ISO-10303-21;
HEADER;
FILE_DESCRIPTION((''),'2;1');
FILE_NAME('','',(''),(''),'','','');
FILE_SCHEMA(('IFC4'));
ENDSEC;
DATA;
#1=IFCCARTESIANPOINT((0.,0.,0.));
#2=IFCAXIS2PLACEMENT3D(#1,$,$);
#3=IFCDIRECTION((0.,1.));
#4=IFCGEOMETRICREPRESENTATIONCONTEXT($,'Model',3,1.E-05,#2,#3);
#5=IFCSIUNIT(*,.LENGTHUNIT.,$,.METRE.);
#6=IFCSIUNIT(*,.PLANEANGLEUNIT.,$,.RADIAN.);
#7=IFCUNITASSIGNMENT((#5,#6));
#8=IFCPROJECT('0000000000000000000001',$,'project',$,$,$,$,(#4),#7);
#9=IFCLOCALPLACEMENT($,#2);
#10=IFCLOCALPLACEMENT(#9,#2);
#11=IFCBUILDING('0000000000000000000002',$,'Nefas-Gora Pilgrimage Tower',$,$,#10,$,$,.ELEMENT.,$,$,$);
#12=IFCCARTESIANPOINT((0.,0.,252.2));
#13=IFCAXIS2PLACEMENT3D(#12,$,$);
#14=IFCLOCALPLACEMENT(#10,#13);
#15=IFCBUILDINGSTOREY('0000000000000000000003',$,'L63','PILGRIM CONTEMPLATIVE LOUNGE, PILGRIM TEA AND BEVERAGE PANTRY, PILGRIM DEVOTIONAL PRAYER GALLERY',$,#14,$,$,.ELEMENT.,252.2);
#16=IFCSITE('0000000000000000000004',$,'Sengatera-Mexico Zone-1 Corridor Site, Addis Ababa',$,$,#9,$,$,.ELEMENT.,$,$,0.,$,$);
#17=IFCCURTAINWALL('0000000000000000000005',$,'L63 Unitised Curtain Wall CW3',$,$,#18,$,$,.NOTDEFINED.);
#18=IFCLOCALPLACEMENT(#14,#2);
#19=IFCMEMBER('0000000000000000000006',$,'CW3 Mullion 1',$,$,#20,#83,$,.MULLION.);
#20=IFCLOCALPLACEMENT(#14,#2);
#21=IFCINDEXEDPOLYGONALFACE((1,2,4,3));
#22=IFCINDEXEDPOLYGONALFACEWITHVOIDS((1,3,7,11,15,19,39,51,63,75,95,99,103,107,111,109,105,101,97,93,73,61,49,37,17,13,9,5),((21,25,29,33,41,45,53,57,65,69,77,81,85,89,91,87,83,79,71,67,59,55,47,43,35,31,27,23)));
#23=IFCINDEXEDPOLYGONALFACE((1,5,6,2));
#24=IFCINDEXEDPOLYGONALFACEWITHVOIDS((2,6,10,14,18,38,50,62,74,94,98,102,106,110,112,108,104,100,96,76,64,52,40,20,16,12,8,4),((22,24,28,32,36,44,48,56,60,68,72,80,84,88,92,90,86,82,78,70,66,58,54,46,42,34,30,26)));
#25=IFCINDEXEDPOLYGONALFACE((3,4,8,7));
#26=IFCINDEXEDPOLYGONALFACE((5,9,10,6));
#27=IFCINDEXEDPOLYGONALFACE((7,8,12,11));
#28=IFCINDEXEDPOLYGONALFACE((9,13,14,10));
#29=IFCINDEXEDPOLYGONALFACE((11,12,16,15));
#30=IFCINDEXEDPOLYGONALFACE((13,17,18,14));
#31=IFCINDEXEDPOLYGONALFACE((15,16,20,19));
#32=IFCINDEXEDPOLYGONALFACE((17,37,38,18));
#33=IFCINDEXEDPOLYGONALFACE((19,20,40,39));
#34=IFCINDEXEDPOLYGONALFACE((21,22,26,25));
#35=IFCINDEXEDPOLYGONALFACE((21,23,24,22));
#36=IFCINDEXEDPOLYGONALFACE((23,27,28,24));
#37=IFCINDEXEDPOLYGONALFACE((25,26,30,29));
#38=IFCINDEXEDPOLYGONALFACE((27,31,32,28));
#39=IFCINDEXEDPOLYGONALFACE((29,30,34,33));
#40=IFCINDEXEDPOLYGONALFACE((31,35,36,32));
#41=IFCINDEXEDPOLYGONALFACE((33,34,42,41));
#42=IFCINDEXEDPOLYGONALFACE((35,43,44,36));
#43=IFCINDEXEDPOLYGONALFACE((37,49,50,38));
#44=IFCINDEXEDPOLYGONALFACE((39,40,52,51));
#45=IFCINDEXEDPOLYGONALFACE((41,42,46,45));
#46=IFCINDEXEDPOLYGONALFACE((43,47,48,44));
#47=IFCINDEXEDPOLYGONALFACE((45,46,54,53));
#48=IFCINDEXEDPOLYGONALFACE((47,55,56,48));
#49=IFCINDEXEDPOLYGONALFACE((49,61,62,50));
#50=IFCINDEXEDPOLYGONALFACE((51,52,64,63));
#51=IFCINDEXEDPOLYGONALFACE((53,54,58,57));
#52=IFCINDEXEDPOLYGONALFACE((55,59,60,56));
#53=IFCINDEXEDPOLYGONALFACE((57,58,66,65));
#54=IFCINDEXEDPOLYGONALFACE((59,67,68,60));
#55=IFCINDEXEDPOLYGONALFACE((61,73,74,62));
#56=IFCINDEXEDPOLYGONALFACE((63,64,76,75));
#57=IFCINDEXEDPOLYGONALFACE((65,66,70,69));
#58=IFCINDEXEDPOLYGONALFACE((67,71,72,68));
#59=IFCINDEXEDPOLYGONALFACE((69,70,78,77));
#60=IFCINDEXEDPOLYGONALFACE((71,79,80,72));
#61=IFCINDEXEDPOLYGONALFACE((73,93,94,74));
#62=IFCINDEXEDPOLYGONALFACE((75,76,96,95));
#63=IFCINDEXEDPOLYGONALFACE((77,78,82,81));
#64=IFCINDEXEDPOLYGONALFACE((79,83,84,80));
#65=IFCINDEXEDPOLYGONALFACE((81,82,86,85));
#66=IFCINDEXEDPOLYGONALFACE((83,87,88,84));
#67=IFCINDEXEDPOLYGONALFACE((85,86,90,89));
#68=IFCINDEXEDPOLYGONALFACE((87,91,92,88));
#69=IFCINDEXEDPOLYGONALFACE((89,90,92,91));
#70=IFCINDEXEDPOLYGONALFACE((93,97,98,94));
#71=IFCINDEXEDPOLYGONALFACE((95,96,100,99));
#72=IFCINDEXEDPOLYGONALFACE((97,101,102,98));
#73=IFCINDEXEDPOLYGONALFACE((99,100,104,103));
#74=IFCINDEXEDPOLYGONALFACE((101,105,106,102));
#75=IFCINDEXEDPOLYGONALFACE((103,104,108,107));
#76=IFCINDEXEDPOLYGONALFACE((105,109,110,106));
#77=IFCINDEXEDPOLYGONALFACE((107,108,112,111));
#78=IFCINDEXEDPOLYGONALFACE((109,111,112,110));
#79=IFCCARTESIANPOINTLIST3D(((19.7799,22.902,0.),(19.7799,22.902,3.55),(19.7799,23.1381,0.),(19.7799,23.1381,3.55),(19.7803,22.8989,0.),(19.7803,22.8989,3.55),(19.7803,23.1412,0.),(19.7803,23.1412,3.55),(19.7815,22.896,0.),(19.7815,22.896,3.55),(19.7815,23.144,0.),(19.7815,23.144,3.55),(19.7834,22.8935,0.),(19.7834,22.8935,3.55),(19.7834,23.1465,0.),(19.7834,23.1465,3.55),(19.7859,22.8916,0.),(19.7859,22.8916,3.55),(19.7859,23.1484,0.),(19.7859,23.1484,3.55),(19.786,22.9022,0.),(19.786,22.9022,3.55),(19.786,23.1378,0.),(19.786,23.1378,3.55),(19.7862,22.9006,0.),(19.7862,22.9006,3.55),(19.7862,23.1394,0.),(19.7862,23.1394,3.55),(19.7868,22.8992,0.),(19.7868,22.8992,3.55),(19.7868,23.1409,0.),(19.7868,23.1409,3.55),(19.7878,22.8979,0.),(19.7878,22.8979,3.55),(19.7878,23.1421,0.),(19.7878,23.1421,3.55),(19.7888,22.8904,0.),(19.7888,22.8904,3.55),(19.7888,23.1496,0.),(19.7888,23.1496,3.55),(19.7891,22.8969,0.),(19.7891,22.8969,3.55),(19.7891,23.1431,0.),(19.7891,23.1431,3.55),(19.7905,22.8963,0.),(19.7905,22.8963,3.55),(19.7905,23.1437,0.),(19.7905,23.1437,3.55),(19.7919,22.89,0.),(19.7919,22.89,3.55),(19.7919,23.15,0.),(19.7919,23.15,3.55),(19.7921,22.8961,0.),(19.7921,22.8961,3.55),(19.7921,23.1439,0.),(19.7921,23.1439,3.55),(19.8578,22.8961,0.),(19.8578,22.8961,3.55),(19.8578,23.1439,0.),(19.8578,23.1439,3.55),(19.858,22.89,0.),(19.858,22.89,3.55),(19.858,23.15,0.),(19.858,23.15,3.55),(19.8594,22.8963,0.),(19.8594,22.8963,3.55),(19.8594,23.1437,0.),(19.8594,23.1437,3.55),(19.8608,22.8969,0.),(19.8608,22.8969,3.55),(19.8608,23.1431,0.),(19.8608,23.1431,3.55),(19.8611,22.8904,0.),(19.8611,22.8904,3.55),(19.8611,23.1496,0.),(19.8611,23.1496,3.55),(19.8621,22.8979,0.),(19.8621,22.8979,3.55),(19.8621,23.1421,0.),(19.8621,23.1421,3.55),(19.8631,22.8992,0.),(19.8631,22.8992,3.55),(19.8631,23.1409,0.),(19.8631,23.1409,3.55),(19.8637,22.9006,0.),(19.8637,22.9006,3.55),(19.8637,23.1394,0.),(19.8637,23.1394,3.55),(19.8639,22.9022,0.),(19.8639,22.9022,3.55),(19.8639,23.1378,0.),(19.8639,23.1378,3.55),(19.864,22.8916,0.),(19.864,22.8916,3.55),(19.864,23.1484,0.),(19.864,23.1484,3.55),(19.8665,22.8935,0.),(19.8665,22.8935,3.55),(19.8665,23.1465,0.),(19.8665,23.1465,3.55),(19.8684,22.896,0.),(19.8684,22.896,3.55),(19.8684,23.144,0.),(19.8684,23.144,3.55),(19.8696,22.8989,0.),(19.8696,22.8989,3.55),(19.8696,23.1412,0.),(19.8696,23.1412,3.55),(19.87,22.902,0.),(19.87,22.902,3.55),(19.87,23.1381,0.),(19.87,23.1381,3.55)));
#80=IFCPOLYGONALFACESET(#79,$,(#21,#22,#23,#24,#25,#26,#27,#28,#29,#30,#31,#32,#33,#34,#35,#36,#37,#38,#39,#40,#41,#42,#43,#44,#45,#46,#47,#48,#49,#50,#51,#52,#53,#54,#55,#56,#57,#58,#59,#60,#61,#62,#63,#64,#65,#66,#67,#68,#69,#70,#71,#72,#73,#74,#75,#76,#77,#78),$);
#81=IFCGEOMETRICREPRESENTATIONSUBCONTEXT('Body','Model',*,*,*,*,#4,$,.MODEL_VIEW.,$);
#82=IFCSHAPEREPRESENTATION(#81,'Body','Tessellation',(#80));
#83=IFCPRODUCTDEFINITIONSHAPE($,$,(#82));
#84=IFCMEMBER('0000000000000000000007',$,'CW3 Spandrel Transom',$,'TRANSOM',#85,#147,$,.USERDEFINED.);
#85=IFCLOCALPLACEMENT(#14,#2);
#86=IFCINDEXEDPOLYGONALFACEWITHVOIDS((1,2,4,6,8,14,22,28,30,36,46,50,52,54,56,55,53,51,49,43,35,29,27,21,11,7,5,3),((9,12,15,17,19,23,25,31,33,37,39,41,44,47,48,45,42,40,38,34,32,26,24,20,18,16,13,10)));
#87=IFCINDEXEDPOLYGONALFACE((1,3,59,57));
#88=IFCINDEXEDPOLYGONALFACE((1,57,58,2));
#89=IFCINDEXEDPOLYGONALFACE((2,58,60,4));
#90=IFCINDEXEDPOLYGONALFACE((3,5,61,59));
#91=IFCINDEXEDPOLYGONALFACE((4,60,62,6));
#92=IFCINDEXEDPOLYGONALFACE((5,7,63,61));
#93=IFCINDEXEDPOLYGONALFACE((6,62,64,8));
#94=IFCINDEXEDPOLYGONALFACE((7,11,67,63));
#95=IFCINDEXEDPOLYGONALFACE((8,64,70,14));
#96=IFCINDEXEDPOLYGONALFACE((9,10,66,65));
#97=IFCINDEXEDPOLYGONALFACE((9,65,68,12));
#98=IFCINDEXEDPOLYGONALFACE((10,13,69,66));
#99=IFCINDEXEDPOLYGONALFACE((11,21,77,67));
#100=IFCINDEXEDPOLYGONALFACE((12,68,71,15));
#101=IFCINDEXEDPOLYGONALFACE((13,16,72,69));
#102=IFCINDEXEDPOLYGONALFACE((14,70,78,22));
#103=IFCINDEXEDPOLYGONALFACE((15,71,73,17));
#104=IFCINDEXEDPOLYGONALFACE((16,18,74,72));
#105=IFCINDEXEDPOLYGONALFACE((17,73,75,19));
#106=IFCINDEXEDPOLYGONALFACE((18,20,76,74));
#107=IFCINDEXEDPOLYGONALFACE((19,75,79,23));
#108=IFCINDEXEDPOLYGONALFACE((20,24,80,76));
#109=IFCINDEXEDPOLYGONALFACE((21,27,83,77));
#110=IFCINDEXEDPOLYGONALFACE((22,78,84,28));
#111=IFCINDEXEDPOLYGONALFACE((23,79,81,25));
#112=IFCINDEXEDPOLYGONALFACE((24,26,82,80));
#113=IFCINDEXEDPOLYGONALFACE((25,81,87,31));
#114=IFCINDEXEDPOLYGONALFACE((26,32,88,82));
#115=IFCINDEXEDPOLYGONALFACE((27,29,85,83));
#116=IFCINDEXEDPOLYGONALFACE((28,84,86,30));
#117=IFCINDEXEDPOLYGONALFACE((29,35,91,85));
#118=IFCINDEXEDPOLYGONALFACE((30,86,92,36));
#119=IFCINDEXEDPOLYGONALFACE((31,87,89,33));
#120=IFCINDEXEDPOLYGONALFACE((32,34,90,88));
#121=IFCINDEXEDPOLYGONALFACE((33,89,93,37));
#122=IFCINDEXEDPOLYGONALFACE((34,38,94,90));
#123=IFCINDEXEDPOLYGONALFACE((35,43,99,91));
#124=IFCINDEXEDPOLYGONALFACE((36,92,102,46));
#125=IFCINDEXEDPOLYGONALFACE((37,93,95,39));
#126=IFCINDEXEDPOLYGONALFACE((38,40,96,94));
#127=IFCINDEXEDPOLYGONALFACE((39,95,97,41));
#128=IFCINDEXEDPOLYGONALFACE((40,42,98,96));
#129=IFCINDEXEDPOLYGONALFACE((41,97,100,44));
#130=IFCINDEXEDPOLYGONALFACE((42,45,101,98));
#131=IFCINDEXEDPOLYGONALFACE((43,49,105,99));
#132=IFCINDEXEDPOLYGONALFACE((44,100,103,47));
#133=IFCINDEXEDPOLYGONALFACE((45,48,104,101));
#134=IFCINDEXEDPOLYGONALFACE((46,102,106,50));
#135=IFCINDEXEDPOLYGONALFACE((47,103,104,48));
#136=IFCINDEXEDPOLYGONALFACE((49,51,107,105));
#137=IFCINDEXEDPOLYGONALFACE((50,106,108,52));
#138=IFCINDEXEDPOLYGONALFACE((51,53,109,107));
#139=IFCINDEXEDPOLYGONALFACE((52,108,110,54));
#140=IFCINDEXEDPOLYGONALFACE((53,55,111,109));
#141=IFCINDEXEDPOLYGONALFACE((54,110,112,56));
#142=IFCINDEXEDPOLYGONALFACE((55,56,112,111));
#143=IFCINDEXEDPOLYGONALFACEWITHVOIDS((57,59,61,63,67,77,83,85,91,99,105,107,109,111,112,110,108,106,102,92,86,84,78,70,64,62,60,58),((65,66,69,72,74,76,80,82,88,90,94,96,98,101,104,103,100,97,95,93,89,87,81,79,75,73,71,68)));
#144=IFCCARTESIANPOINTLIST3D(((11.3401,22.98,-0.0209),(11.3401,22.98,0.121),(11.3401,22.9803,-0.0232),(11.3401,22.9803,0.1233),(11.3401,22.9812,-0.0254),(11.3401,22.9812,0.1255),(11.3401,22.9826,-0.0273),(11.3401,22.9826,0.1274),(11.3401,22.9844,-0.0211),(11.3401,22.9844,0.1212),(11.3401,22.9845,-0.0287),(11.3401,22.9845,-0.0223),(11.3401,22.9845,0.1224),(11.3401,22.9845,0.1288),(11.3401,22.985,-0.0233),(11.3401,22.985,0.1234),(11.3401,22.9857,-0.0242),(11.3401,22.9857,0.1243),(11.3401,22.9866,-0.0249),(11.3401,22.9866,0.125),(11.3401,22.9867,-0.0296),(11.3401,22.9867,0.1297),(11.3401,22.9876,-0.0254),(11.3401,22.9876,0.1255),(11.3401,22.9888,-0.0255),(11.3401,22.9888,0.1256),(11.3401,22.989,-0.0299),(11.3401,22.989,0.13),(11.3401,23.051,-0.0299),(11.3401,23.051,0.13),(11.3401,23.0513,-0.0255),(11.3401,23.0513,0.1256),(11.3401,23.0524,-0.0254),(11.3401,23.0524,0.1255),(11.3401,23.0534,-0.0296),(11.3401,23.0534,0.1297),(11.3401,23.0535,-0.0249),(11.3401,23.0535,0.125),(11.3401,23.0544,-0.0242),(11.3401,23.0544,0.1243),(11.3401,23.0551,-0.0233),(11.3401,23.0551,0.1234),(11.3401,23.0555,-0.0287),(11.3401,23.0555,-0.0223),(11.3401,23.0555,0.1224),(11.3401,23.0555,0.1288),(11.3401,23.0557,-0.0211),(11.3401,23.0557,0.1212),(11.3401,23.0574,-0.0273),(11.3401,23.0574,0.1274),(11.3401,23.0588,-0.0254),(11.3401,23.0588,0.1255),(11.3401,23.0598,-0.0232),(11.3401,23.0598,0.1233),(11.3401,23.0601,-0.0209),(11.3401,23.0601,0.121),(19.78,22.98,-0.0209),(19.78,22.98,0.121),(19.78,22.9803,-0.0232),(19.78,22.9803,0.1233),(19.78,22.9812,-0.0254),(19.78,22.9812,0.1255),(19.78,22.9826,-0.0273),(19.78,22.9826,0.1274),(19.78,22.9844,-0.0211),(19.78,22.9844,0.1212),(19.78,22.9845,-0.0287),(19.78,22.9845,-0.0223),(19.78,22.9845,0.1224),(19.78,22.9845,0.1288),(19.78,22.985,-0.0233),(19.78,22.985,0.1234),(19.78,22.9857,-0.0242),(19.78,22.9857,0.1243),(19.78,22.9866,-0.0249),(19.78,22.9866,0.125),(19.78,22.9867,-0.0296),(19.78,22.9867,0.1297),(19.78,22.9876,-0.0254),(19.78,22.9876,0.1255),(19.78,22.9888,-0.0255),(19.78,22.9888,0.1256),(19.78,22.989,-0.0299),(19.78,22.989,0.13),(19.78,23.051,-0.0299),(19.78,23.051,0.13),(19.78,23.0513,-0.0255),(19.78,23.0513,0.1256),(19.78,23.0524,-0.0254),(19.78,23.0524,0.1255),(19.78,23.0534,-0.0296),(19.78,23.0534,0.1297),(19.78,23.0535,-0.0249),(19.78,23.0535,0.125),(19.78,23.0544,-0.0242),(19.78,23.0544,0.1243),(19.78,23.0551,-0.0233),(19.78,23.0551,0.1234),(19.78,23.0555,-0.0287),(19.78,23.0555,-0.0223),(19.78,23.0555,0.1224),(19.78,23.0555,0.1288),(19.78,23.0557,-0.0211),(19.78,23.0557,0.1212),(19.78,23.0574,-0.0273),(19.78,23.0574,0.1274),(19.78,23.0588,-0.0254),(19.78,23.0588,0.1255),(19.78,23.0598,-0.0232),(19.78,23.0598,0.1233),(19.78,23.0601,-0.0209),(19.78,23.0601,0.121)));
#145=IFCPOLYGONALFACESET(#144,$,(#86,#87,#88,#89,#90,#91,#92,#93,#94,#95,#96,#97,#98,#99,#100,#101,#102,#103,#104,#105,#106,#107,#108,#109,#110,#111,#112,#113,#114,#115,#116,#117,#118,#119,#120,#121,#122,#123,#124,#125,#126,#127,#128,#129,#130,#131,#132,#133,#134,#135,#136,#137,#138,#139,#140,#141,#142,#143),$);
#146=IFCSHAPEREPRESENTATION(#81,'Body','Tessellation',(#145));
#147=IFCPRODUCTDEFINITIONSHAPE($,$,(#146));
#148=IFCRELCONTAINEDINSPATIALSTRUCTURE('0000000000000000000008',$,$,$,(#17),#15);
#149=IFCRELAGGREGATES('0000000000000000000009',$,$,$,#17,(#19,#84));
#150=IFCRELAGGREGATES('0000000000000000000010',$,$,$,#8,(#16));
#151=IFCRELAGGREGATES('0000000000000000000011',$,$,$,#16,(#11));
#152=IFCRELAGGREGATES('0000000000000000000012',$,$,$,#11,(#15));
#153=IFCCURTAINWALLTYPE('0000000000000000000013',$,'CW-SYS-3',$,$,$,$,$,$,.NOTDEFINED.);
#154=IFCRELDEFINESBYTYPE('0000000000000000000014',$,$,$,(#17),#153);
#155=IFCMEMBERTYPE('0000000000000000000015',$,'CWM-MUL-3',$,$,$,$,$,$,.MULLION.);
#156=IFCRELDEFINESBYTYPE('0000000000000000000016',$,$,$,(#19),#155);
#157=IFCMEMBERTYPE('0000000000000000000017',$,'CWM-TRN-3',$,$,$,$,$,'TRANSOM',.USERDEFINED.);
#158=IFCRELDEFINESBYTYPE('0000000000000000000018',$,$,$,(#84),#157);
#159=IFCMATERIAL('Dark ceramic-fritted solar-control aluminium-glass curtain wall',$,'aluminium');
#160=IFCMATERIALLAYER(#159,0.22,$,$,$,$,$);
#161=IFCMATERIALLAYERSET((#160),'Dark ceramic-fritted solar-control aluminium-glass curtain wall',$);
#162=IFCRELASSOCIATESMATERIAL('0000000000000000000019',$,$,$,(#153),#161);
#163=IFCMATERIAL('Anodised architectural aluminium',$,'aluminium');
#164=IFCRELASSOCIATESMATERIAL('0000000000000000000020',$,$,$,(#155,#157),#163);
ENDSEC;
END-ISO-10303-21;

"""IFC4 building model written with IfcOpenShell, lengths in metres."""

from ifc_helpers import new_model, si_unit, direction, frame, origin, origin_2d, place, context, subcontext, project, spatial, hollow_rectangle, extrude, source, transform, mapped, material, layer, layer_set, material_profile, profile_set, type_object, element, aggregate, save


model = new_model("IFC4")

# Units and contexts
model_context = context("Model", 3, precision=1e-05, world=origin(), true_north=direction((0.0, 1.0)))
body_context = subcontext(model_context, "Body", "Model", "MODEL_VIEW")
ifc_project = project(units=[si_unit("LENGTHUNIT", "METRE"), si_unit("PLANEANGLEUNIT", "RADIAN")], contexts=[model_context])

# Site, building, storey
site_placement = place(None, origin())
site = spatial("IfcSite", under=ifc_project, at=site_placement, Name="Sengatera-Mexico Zone-1 Corridor Site, Addis Ababa", CompositionType="ELEMENT", RefElevation=0.0)
building_placement = place(site_placement, origin())
building = spatial("IfcBuilding", under=site, at=building_placement, Name="Nefas-Gora Pilgrimage Tower", CompositionType="ELEMENT")
storey_placement = place(building_placement, frame((0.0, 0.0, 252.2)))
storey = spatial("IfcBuildingStorey", under=building, at=storey_placement, Name="L63", Description="PILGRIM CONTEMPLATIVE LOUNGE, PILGRIM TEA AND BEVERAGE PANTRY, PILGRIM DEVOTIONAL PRAYER GALLERY", CompositionType="ELEMENT", Elevation=252.2)

# Curtain wall, members
ifc_material_1 = material(Name="Dark ceramic-fritted solar-control aluminium-glass curtain wall", Category="aluminium")
ifc_layer_1 = layer(ifc_material_1, 0.22)
ifc_layer_set_1 = layer_set([ifc_layer_1], Name="Dark ceramic-fritted solar-control aluminium-glass curtain wall")
curtain_wall_type = type_object("IfcCurtainWallType", Name="CW-SYS-3", PredefinedType="NOTDEFINED", material=ifc_layer_set_1)
ifc_material_2 = material(Name="Anodised architectural aluminium", Category="aluminium")
ifc_material_profile_1 = material_profile(ifc_material_2, hollow_rectangle(XDim=0.0901, YDim=0.26, WallThickness=0.0061, InnerFilletRadius=0.0061, OuterFilletRadius=0.012, at=origin_2d()), Name="ALU MULLION 90x260")
ifc_profile_set_1 = profile_set([ifc_material_profile_1], Name="Anodised architectural aluminium")
member_type_1 = type_object("IfcMemberType", Name="CWM-MUL-3", PredefinedType="MULLION", material=ifc_profile_set_1)
shared_shape_1 = source(origin(), body_context, "Body", "SweptSolid", [
    extrude(hollow_rectangle(XDim=0.0901, YDim=0.26, WallThickness=0.0061, InnerFilletRadius=0.0061, OuterFilletRadius=0.012, at=origin_2d()), origin(), (0.0, 0.0, 1.0), 3.55),
])
curtain_wall_1_placement = place(storey_placement, origin())
curtain_wall_1 = element("IfcCurtainWall", 1, at=curtain_wall_1_placement, inside=storey, type_object=curtain_wall_type, Name="L63 Unitised Curtain Wall CW3", PredefinedType="NOTDEFINED")
member_1_placement = place(storey_placement, frame((19.825, 23.02, 0.0), z_axis=(0.0, 0.0, 1.0), x_axis=(-1.0, 0.0, 0.0)))
member_1 = element("IfcMember", 2, at=member_1_placement, type_object=member_type_1, Name="CW3 Mullion 1", PredefinedType="MULLION", context=body_context, shape_type="MappedRepresentation", body=[
    mapped(shared_shape_1, transform((0.0, 0.0, 0.0), x_axis=(1.0, 0.0, 0.0), y_axis=(0.0, 1.0, 0.0), z_axis=(0.0, 0.0, 1.0), scale=1.0)),
])
ifc_material_profile_2 = material_profile(ifc_material_2, hollow_rectangle(XDim=0.0801, YDim=0.1599, WallThickness=0.0044, InnerFilletRadius=0.0044, OuterFilletRadius=0.009, at=origin_2d()), Name="ALU TRANSOM 80x160")
ifc_profile_set_2 = profile_set([ifc_material_profile_2], Name="Anodised architectural aluminium")
member_type_2 = type_object("IfcMemberType", Name="CWM-TRN-3", ElementType="TRANSOM", PredefinedType="USERDEFINED", material=ifc_profile_set_2)
shared_shape_2 = source(origin(), body_context, "Body", "SweptSolid", [
    extrude(hollow_rectangle(XDim=0.0801, YDim=0.1599, WallThickness=0.0044, InnerFilletRadius=0.0044, OuterFilletRadius=0.009, at=origin_2d()), origin(), (0.0, 0.0, 1.0), 8.4399),
])
member_2_placement = place(storey_placement, frame((19.78, 23.02, 0.05), z_axis=(-1.0, 0.0, 0.0), x_axis=(0.0, -1.0, 0.0)))
member_2 = element("IfcMember", 3, at=member_2_placement, type_object=member_type_2, Name="CW3 Spandrel Transom", ObjectType="TRANSOM", PredefinedType="USERDEFINED", context=body_context, shape_type="MappedRepresentation", body=[
    mapped(shared_shape_2, transform((0.0, 0.0, 0.0), x_axis=(1.0, 0.0, 0.0), y_axis=(0.0, 1.0, 0.0), z_axis=(0.0, 0.0, 1.0), scale=1.0)),
])

aggregate(curtain_wall_1, [member_1, member_2])

save(model, "model.ifc")
